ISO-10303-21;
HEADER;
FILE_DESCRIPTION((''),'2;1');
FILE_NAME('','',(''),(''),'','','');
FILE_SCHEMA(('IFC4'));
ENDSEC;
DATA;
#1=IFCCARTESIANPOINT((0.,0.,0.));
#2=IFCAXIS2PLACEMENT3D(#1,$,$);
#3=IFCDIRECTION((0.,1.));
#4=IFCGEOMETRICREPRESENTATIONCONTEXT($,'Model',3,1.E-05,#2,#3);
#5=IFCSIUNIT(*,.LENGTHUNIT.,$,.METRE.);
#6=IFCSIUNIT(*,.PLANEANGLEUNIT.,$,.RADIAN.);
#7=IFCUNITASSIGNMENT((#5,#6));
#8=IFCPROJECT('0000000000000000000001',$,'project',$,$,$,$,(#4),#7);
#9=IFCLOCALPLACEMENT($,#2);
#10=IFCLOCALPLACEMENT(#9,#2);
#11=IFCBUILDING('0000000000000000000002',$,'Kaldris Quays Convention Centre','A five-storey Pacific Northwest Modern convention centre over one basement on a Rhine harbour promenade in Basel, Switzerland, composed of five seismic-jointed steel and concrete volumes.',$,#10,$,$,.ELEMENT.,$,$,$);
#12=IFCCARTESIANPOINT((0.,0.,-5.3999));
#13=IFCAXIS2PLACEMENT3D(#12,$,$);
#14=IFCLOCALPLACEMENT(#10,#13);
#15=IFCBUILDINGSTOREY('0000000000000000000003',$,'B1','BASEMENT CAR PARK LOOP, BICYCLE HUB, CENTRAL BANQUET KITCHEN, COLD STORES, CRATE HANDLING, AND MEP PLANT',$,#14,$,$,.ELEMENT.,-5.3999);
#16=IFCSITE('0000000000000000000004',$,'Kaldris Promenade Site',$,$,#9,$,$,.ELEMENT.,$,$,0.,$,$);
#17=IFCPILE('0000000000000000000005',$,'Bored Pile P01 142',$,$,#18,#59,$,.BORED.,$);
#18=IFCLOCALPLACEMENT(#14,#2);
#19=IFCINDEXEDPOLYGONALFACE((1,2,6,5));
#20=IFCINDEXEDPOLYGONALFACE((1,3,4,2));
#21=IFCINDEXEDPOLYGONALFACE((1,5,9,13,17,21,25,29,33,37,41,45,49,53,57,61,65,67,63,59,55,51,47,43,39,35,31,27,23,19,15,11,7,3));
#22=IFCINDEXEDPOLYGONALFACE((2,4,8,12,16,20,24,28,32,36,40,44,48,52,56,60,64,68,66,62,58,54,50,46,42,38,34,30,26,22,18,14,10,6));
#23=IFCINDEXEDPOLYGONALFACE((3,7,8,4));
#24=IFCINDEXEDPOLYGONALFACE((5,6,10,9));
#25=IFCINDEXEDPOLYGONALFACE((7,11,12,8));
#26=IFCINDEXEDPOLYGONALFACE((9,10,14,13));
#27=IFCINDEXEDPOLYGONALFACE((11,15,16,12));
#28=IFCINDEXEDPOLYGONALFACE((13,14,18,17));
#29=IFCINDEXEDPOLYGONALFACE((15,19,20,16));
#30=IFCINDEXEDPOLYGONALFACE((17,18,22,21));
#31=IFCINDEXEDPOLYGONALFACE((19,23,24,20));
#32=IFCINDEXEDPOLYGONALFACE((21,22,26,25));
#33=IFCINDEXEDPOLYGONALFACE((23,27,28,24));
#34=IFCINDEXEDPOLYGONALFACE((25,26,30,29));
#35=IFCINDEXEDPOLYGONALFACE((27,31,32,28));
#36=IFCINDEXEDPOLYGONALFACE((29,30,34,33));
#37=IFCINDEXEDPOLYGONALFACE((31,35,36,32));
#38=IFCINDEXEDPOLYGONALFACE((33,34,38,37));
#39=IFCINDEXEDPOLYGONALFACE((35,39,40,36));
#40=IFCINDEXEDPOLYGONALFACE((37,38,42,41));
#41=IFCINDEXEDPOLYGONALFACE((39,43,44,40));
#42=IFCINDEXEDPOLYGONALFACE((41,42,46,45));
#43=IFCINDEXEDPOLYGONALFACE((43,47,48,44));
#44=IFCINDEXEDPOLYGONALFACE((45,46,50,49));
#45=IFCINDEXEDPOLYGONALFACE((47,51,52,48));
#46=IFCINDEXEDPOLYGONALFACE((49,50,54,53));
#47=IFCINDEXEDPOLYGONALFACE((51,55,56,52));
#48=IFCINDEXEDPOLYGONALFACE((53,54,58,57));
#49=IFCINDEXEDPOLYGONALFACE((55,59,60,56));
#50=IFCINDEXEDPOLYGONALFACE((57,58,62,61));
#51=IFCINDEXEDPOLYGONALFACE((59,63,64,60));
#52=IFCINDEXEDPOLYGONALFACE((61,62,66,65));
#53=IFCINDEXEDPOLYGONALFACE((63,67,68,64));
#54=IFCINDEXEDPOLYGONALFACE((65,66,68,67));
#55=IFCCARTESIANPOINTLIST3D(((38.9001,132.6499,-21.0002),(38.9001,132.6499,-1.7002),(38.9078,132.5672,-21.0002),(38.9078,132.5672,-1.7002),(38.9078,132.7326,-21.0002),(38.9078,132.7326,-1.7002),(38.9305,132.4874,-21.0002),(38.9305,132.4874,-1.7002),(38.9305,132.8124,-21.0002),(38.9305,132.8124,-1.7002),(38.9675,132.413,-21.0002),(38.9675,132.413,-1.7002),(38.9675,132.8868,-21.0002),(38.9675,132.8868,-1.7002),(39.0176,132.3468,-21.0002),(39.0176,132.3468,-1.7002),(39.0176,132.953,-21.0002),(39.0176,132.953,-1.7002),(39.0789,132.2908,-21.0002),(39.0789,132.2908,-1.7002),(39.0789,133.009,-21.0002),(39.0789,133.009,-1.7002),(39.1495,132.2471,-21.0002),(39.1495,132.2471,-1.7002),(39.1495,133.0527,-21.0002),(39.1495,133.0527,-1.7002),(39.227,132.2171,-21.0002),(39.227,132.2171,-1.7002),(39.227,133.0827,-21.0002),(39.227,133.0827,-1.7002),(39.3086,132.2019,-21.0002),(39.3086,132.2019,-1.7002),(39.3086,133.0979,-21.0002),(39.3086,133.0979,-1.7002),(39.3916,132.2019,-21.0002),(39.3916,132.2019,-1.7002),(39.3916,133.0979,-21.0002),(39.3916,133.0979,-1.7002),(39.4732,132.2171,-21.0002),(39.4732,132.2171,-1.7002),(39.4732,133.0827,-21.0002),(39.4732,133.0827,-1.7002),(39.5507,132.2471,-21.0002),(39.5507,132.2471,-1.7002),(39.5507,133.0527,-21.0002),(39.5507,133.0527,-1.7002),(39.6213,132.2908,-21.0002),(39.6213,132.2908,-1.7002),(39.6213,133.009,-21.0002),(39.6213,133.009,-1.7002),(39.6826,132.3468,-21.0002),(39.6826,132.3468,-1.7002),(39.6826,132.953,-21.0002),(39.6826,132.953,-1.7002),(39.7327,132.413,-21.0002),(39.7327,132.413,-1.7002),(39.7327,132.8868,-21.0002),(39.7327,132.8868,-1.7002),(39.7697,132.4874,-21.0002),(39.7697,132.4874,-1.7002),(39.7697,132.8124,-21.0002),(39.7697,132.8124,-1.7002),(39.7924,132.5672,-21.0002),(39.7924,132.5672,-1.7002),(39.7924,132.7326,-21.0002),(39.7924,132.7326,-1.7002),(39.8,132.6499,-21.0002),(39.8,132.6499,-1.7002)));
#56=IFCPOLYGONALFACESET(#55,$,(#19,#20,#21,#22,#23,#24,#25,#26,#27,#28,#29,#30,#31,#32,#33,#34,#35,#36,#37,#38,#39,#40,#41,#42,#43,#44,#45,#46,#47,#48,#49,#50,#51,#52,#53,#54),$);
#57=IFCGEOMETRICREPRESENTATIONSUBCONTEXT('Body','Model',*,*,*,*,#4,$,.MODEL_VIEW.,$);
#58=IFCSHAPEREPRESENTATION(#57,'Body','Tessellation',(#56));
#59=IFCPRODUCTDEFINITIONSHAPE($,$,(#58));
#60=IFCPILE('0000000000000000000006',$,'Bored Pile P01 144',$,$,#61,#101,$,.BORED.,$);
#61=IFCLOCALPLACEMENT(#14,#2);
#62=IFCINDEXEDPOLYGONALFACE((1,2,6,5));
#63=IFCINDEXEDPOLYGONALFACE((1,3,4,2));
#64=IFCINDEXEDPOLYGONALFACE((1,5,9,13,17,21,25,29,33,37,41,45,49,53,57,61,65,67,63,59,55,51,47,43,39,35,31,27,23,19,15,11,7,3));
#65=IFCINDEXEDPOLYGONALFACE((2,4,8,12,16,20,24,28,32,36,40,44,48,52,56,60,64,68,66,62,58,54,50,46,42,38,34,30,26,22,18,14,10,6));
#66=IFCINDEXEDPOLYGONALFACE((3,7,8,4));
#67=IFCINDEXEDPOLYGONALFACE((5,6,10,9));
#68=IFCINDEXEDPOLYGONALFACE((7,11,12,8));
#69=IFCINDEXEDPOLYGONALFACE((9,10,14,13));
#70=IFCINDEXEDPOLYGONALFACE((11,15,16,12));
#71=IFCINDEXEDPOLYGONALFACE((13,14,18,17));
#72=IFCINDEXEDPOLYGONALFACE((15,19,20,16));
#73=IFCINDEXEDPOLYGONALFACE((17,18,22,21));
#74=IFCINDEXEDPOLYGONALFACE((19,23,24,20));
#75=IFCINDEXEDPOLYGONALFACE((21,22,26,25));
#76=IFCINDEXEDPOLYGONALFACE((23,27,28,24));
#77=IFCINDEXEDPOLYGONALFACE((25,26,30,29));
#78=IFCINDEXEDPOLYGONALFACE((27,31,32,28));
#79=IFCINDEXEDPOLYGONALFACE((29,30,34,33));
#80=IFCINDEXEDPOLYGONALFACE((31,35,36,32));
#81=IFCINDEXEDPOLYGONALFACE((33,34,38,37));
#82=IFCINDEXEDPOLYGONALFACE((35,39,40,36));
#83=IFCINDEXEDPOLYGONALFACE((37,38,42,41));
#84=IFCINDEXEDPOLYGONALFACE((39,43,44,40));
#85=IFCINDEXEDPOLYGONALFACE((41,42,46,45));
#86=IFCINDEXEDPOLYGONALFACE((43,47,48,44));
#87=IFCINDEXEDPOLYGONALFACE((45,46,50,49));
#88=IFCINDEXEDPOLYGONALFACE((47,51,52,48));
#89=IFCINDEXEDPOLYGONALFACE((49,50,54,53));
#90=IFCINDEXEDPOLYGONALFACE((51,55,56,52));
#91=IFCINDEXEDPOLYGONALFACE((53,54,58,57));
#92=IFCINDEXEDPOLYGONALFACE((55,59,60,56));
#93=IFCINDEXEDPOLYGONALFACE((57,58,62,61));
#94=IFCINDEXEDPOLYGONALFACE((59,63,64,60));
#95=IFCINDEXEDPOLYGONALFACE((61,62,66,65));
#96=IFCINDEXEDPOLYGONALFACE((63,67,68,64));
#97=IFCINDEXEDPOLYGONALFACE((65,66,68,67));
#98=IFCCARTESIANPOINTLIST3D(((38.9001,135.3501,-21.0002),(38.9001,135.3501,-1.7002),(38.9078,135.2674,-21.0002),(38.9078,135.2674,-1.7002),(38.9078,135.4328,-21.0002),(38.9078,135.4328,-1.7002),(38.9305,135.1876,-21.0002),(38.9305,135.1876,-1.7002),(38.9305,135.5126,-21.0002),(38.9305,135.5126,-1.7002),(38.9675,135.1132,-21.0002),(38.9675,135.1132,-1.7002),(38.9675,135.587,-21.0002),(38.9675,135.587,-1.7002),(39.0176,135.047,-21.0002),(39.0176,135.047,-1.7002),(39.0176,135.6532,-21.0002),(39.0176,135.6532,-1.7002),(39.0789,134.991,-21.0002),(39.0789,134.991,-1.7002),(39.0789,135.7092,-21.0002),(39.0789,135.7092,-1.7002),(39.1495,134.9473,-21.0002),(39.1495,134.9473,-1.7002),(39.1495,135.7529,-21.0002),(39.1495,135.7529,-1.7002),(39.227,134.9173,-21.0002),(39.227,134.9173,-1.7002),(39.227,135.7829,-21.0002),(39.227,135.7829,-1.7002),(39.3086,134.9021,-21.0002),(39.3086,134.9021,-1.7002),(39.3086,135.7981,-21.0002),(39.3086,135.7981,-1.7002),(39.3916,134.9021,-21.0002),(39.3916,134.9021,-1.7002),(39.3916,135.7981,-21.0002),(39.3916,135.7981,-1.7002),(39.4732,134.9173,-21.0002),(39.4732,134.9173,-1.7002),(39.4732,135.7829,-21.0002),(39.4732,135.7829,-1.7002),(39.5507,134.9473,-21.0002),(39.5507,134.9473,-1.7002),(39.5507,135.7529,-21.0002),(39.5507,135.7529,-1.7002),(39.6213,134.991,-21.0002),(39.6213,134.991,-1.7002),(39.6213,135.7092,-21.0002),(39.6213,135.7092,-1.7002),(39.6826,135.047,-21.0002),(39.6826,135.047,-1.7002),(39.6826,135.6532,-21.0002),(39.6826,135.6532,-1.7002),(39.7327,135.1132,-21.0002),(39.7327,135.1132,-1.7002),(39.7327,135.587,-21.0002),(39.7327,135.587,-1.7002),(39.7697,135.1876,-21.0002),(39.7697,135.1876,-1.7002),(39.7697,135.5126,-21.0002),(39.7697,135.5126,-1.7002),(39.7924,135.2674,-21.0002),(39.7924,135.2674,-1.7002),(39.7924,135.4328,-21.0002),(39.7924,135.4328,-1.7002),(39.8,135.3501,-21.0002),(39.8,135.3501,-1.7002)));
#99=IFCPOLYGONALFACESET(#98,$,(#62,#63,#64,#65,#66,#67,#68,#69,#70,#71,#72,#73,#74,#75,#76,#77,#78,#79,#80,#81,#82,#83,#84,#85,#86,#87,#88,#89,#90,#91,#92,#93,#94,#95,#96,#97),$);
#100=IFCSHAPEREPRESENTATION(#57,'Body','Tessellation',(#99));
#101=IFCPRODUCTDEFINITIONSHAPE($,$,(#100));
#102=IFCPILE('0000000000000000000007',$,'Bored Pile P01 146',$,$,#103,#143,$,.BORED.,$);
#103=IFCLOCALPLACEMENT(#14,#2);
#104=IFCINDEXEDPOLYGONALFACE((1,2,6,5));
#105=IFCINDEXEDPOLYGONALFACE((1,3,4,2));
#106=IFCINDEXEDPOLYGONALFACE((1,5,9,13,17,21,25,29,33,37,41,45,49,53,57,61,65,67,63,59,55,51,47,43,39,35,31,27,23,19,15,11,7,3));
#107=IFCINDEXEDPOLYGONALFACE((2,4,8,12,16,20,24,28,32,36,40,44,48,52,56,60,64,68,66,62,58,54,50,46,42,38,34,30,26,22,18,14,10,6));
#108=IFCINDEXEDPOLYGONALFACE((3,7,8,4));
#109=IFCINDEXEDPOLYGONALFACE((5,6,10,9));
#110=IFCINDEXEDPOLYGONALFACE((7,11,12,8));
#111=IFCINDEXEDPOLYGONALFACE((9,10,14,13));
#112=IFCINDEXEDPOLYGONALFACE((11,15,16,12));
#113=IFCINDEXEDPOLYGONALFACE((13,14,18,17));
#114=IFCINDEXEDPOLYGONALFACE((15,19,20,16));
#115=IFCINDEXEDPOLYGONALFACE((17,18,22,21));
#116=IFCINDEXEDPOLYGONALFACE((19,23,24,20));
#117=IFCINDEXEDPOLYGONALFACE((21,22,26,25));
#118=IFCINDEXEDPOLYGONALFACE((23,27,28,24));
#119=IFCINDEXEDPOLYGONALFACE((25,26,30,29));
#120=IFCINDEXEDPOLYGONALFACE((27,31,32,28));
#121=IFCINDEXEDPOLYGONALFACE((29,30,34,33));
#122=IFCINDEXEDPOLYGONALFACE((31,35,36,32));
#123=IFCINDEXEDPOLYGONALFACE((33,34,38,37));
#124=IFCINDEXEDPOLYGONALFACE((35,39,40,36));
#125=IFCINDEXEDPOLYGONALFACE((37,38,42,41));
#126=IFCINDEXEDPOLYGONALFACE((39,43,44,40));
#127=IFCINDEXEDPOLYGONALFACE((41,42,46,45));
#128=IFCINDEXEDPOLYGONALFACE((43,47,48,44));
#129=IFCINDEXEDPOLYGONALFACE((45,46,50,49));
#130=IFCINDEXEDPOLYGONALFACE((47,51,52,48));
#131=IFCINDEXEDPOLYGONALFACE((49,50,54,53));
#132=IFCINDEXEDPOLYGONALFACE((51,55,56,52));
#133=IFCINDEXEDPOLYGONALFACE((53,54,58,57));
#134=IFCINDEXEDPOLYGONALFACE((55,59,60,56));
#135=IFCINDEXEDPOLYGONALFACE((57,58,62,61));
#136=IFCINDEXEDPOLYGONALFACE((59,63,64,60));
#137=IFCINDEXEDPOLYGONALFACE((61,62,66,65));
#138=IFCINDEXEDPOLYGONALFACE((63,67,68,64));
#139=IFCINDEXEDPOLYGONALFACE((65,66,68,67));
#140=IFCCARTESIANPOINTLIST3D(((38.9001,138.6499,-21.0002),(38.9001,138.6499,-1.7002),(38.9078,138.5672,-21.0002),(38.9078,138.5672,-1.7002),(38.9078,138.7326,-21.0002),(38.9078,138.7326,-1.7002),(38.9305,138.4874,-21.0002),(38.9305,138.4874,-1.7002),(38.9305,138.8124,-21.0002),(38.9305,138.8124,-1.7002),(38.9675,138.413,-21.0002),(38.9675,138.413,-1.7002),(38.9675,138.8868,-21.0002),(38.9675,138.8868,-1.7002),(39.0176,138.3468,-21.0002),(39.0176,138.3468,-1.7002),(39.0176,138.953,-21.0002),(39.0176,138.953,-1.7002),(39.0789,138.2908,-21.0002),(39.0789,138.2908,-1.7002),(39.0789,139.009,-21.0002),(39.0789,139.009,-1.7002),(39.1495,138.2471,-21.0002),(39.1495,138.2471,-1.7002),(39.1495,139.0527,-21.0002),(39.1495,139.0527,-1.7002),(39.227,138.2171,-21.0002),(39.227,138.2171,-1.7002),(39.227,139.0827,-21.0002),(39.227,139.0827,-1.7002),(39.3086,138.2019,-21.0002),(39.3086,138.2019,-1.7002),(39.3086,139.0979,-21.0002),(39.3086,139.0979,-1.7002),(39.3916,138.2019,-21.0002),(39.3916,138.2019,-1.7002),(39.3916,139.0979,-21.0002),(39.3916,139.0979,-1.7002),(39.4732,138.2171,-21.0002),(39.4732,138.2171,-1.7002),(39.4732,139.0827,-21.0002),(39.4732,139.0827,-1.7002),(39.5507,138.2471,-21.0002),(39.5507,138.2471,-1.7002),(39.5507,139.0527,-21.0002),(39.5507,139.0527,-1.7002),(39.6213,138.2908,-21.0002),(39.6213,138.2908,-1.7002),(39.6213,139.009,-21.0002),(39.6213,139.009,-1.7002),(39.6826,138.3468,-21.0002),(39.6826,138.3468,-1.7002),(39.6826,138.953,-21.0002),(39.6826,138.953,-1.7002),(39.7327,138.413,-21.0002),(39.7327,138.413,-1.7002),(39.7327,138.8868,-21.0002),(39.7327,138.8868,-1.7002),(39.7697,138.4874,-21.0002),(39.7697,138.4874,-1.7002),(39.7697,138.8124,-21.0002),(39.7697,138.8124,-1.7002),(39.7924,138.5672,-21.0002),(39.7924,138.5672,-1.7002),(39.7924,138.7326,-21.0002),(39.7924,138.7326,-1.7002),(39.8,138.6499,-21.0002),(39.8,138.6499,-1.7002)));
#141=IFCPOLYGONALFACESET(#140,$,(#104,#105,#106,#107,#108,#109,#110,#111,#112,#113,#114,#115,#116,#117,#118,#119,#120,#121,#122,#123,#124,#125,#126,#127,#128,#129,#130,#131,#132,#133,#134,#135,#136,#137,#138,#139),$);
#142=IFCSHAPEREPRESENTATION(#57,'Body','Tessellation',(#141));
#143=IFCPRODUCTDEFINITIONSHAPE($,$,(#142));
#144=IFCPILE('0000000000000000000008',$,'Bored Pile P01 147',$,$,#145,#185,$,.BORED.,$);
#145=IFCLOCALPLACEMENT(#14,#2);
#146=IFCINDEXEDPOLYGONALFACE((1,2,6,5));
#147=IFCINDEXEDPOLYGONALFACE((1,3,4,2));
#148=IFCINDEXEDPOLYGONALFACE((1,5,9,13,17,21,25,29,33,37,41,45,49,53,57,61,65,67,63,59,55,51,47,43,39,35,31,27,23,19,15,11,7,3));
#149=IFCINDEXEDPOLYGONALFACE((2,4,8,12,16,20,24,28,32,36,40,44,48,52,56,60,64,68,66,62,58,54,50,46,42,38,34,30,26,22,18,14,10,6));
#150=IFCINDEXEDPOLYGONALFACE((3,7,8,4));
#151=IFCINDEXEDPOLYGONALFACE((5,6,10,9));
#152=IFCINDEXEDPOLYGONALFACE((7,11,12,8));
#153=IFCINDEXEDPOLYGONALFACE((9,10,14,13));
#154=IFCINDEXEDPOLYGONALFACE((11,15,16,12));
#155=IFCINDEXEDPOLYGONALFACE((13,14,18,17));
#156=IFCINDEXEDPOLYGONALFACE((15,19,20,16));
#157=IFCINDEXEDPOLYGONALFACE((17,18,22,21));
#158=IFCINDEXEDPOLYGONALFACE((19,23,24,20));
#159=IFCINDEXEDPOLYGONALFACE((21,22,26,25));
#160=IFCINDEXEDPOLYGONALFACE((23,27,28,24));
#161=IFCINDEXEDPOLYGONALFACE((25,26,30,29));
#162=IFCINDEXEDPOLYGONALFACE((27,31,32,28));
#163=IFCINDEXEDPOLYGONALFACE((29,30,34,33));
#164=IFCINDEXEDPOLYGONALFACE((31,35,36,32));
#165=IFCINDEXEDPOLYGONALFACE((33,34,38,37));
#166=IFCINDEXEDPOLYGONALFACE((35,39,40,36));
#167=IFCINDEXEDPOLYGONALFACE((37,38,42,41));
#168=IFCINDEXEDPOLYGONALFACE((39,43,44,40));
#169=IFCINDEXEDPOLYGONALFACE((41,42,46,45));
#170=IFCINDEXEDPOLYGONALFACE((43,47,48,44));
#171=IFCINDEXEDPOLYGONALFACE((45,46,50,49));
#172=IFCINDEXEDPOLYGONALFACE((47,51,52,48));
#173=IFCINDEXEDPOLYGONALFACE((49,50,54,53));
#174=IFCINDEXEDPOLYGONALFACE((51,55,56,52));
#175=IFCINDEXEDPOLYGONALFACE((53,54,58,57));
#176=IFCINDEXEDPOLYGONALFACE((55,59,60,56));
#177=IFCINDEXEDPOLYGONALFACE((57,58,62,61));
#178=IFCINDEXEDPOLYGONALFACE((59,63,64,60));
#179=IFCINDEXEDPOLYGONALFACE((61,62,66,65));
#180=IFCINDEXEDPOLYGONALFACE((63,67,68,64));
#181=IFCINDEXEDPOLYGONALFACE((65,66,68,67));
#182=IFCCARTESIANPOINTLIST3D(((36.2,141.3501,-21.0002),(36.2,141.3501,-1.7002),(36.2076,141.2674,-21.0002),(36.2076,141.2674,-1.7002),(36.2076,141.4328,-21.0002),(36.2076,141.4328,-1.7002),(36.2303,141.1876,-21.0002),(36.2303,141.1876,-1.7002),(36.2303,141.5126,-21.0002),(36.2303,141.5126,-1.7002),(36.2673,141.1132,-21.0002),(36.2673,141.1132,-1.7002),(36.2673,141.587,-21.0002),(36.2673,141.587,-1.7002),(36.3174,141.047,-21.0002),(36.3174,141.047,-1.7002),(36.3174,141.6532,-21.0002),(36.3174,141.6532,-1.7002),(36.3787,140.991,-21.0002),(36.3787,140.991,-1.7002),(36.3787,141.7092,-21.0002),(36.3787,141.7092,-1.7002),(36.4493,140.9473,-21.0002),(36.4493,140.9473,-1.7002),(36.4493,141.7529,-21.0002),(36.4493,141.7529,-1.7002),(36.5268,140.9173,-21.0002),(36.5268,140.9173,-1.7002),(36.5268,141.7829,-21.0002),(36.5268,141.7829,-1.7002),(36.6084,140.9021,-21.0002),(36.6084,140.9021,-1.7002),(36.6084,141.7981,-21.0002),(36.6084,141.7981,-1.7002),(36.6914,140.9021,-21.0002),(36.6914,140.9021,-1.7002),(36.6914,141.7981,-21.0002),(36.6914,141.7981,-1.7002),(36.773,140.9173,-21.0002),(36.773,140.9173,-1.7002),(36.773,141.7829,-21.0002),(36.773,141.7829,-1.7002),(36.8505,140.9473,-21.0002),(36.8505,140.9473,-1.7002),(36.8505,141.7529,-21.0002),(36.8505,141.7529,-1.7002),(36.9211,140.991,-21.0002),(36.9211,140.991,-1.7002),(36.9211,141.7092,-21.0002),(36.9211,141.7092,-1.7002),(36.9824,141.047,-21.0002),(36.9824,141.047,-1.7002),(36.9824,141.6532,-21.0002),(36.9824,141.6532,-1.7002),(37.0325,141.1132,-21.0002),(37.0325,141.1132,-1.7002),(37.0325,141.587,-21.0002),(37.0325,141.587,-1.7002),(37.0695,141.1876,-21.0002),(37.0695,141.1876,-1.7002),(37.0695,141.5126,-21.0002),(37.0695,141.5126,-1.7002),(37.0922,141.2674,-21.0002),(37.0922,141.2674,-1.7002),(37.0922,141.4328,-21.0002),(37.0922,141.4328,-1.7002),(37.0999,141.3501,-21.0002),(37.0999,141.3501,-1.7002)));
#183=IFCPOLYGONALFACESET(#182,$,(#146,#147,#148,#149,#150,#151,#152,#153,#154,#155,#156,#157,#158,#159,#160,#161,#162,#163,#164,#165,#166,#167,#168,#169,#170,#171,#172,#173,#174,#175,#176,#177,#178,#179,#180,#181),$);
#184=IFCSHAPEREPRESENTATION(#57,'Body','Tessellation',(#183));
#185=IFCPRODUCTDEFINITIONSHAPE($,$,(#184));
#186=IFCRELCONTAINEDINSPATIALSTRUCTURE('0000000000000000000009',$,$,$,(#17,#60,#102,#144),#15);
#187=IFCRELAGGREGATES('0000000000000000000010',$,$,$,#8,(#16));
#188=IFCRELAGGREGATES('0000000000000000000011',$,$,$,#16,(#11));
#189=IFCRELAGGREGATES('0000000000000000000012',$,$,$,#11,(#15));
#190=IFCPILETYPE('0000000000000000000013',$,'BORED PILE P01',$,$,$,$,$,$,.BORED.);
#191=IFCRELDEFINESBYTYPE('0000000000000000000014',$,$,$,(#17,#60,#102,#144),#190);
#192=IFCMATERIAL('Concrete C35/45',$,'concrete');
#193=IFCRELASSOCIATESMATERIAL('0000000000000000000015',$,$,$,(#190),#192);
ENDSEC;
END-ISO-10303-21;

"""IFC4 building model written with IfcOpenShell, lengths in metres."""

from ifc_helpers import new_model, si_unit, direction, frame, origin, origin_2d, place, context, subcontext, project, spatial, circle, extrude, material, material_profile, profile_set, type_object, element, save


model = new_model("IFC4")

# Units and contexts
model_context = context("Model", 3, precision=1e-05, world=origin(), true_north=direction((0.0, 1.0)))
body_context = subcontext(model_context, "Body", "Model", "MODEL_VIEW")
ifc_project = project(units=[si_unit("LENGTHUNIT", "METRE"), si_unit("PLANEANGLEUNIT", "RADIAN")], contexts=[model_context])

# Site, building, storey
site_placement = place(None, origin())
site = spatial("IfcSite", under=ifc_project, at=site_placement, Name="Kaldris Promenade Site", CompositionType="ELEMENT", RefElevation=0.0)
building_placement = place(site_placement, origin())
building = spatial("IfcBuilding", under=site, at=building_placement, Name="Kaldris Quays Convention Centre", Description="A five-storey Pacific Northwest Modern convention centre over one basement on a Rhine harbour promenade in Basel, Switzerland, composed of five seismic-jointed steel and concrete volumes.", CompositionType="ELEMENT")
storey_placement = place(building_placement, frame((0.0, 0.0, -5.3999)))
storey = spatial("IfcBuildingStorey", under=building, at=storey_placement, Name="B1", Description="BASEMENT CAR PARK LOOP, BICYCLE HUB, CENTRAL BANQUET KITCHEN, COLD STORES, CRATE HANDLING, AND MEP PLANT", CompositionType="ELEMENT", Elevation=-5.3999)

# Piles
ifc_material_1 = material(Name="Concrete C35/45", Category="concrete")
ifc_material_profile_1 = material_profile(ifc_material_1, circle(Radius=0.45, at=origin_2d()), Name="BORED PILE D900")
ifc_profile_set_1 = profile_set([ifc_material_profile_1], Name="Concrete C35/45")
pile_type = type_object("IfcPileType", Name="BORED PILE P01", PredefinedType="BORED", material=ifc_profile_set_1)
for number, where, z_axis, x_axis, name in (
    (1, (39.3501, 132.6499, -1.7002), (0.0, 0.0, -1.0), (1.0, 0.0, 0.0), "Bored Pile P01 142"),
    (2, (39.3501, 135.3501, -1.7002), (0.0, 0.0, -1.0), (1.0, 0.0, 0.0), "Bored Pile P01 144"),
    (3, (39.3501, 138.6499, -1.7002), (0.0, 0.0, -1.0), (1.0, 0.0, 0.0), "Bored Pile P01 146"),
    (4, (36.6499, 141.3501, -1.7002), (0.0, 0.0, -1.0), (1.0, 0.0, 0.0), "Bored Pile P01 147"),
):
    element("IfcPile", number, at=place(storey_placement, frame(where, z_axis=z_axis, x_axis=x_axis)), inside=storey, type_object=pile_type, Name=name, PredefinedType="BORED", context=body_context, shape_type="SweptSolid", body=[
        extrude(circle(Radius=0.45, at=origin_2d()), origin(), (0.0, 0.0, 1.0), 19.3),
    ])

save(model, "model.ifc")
